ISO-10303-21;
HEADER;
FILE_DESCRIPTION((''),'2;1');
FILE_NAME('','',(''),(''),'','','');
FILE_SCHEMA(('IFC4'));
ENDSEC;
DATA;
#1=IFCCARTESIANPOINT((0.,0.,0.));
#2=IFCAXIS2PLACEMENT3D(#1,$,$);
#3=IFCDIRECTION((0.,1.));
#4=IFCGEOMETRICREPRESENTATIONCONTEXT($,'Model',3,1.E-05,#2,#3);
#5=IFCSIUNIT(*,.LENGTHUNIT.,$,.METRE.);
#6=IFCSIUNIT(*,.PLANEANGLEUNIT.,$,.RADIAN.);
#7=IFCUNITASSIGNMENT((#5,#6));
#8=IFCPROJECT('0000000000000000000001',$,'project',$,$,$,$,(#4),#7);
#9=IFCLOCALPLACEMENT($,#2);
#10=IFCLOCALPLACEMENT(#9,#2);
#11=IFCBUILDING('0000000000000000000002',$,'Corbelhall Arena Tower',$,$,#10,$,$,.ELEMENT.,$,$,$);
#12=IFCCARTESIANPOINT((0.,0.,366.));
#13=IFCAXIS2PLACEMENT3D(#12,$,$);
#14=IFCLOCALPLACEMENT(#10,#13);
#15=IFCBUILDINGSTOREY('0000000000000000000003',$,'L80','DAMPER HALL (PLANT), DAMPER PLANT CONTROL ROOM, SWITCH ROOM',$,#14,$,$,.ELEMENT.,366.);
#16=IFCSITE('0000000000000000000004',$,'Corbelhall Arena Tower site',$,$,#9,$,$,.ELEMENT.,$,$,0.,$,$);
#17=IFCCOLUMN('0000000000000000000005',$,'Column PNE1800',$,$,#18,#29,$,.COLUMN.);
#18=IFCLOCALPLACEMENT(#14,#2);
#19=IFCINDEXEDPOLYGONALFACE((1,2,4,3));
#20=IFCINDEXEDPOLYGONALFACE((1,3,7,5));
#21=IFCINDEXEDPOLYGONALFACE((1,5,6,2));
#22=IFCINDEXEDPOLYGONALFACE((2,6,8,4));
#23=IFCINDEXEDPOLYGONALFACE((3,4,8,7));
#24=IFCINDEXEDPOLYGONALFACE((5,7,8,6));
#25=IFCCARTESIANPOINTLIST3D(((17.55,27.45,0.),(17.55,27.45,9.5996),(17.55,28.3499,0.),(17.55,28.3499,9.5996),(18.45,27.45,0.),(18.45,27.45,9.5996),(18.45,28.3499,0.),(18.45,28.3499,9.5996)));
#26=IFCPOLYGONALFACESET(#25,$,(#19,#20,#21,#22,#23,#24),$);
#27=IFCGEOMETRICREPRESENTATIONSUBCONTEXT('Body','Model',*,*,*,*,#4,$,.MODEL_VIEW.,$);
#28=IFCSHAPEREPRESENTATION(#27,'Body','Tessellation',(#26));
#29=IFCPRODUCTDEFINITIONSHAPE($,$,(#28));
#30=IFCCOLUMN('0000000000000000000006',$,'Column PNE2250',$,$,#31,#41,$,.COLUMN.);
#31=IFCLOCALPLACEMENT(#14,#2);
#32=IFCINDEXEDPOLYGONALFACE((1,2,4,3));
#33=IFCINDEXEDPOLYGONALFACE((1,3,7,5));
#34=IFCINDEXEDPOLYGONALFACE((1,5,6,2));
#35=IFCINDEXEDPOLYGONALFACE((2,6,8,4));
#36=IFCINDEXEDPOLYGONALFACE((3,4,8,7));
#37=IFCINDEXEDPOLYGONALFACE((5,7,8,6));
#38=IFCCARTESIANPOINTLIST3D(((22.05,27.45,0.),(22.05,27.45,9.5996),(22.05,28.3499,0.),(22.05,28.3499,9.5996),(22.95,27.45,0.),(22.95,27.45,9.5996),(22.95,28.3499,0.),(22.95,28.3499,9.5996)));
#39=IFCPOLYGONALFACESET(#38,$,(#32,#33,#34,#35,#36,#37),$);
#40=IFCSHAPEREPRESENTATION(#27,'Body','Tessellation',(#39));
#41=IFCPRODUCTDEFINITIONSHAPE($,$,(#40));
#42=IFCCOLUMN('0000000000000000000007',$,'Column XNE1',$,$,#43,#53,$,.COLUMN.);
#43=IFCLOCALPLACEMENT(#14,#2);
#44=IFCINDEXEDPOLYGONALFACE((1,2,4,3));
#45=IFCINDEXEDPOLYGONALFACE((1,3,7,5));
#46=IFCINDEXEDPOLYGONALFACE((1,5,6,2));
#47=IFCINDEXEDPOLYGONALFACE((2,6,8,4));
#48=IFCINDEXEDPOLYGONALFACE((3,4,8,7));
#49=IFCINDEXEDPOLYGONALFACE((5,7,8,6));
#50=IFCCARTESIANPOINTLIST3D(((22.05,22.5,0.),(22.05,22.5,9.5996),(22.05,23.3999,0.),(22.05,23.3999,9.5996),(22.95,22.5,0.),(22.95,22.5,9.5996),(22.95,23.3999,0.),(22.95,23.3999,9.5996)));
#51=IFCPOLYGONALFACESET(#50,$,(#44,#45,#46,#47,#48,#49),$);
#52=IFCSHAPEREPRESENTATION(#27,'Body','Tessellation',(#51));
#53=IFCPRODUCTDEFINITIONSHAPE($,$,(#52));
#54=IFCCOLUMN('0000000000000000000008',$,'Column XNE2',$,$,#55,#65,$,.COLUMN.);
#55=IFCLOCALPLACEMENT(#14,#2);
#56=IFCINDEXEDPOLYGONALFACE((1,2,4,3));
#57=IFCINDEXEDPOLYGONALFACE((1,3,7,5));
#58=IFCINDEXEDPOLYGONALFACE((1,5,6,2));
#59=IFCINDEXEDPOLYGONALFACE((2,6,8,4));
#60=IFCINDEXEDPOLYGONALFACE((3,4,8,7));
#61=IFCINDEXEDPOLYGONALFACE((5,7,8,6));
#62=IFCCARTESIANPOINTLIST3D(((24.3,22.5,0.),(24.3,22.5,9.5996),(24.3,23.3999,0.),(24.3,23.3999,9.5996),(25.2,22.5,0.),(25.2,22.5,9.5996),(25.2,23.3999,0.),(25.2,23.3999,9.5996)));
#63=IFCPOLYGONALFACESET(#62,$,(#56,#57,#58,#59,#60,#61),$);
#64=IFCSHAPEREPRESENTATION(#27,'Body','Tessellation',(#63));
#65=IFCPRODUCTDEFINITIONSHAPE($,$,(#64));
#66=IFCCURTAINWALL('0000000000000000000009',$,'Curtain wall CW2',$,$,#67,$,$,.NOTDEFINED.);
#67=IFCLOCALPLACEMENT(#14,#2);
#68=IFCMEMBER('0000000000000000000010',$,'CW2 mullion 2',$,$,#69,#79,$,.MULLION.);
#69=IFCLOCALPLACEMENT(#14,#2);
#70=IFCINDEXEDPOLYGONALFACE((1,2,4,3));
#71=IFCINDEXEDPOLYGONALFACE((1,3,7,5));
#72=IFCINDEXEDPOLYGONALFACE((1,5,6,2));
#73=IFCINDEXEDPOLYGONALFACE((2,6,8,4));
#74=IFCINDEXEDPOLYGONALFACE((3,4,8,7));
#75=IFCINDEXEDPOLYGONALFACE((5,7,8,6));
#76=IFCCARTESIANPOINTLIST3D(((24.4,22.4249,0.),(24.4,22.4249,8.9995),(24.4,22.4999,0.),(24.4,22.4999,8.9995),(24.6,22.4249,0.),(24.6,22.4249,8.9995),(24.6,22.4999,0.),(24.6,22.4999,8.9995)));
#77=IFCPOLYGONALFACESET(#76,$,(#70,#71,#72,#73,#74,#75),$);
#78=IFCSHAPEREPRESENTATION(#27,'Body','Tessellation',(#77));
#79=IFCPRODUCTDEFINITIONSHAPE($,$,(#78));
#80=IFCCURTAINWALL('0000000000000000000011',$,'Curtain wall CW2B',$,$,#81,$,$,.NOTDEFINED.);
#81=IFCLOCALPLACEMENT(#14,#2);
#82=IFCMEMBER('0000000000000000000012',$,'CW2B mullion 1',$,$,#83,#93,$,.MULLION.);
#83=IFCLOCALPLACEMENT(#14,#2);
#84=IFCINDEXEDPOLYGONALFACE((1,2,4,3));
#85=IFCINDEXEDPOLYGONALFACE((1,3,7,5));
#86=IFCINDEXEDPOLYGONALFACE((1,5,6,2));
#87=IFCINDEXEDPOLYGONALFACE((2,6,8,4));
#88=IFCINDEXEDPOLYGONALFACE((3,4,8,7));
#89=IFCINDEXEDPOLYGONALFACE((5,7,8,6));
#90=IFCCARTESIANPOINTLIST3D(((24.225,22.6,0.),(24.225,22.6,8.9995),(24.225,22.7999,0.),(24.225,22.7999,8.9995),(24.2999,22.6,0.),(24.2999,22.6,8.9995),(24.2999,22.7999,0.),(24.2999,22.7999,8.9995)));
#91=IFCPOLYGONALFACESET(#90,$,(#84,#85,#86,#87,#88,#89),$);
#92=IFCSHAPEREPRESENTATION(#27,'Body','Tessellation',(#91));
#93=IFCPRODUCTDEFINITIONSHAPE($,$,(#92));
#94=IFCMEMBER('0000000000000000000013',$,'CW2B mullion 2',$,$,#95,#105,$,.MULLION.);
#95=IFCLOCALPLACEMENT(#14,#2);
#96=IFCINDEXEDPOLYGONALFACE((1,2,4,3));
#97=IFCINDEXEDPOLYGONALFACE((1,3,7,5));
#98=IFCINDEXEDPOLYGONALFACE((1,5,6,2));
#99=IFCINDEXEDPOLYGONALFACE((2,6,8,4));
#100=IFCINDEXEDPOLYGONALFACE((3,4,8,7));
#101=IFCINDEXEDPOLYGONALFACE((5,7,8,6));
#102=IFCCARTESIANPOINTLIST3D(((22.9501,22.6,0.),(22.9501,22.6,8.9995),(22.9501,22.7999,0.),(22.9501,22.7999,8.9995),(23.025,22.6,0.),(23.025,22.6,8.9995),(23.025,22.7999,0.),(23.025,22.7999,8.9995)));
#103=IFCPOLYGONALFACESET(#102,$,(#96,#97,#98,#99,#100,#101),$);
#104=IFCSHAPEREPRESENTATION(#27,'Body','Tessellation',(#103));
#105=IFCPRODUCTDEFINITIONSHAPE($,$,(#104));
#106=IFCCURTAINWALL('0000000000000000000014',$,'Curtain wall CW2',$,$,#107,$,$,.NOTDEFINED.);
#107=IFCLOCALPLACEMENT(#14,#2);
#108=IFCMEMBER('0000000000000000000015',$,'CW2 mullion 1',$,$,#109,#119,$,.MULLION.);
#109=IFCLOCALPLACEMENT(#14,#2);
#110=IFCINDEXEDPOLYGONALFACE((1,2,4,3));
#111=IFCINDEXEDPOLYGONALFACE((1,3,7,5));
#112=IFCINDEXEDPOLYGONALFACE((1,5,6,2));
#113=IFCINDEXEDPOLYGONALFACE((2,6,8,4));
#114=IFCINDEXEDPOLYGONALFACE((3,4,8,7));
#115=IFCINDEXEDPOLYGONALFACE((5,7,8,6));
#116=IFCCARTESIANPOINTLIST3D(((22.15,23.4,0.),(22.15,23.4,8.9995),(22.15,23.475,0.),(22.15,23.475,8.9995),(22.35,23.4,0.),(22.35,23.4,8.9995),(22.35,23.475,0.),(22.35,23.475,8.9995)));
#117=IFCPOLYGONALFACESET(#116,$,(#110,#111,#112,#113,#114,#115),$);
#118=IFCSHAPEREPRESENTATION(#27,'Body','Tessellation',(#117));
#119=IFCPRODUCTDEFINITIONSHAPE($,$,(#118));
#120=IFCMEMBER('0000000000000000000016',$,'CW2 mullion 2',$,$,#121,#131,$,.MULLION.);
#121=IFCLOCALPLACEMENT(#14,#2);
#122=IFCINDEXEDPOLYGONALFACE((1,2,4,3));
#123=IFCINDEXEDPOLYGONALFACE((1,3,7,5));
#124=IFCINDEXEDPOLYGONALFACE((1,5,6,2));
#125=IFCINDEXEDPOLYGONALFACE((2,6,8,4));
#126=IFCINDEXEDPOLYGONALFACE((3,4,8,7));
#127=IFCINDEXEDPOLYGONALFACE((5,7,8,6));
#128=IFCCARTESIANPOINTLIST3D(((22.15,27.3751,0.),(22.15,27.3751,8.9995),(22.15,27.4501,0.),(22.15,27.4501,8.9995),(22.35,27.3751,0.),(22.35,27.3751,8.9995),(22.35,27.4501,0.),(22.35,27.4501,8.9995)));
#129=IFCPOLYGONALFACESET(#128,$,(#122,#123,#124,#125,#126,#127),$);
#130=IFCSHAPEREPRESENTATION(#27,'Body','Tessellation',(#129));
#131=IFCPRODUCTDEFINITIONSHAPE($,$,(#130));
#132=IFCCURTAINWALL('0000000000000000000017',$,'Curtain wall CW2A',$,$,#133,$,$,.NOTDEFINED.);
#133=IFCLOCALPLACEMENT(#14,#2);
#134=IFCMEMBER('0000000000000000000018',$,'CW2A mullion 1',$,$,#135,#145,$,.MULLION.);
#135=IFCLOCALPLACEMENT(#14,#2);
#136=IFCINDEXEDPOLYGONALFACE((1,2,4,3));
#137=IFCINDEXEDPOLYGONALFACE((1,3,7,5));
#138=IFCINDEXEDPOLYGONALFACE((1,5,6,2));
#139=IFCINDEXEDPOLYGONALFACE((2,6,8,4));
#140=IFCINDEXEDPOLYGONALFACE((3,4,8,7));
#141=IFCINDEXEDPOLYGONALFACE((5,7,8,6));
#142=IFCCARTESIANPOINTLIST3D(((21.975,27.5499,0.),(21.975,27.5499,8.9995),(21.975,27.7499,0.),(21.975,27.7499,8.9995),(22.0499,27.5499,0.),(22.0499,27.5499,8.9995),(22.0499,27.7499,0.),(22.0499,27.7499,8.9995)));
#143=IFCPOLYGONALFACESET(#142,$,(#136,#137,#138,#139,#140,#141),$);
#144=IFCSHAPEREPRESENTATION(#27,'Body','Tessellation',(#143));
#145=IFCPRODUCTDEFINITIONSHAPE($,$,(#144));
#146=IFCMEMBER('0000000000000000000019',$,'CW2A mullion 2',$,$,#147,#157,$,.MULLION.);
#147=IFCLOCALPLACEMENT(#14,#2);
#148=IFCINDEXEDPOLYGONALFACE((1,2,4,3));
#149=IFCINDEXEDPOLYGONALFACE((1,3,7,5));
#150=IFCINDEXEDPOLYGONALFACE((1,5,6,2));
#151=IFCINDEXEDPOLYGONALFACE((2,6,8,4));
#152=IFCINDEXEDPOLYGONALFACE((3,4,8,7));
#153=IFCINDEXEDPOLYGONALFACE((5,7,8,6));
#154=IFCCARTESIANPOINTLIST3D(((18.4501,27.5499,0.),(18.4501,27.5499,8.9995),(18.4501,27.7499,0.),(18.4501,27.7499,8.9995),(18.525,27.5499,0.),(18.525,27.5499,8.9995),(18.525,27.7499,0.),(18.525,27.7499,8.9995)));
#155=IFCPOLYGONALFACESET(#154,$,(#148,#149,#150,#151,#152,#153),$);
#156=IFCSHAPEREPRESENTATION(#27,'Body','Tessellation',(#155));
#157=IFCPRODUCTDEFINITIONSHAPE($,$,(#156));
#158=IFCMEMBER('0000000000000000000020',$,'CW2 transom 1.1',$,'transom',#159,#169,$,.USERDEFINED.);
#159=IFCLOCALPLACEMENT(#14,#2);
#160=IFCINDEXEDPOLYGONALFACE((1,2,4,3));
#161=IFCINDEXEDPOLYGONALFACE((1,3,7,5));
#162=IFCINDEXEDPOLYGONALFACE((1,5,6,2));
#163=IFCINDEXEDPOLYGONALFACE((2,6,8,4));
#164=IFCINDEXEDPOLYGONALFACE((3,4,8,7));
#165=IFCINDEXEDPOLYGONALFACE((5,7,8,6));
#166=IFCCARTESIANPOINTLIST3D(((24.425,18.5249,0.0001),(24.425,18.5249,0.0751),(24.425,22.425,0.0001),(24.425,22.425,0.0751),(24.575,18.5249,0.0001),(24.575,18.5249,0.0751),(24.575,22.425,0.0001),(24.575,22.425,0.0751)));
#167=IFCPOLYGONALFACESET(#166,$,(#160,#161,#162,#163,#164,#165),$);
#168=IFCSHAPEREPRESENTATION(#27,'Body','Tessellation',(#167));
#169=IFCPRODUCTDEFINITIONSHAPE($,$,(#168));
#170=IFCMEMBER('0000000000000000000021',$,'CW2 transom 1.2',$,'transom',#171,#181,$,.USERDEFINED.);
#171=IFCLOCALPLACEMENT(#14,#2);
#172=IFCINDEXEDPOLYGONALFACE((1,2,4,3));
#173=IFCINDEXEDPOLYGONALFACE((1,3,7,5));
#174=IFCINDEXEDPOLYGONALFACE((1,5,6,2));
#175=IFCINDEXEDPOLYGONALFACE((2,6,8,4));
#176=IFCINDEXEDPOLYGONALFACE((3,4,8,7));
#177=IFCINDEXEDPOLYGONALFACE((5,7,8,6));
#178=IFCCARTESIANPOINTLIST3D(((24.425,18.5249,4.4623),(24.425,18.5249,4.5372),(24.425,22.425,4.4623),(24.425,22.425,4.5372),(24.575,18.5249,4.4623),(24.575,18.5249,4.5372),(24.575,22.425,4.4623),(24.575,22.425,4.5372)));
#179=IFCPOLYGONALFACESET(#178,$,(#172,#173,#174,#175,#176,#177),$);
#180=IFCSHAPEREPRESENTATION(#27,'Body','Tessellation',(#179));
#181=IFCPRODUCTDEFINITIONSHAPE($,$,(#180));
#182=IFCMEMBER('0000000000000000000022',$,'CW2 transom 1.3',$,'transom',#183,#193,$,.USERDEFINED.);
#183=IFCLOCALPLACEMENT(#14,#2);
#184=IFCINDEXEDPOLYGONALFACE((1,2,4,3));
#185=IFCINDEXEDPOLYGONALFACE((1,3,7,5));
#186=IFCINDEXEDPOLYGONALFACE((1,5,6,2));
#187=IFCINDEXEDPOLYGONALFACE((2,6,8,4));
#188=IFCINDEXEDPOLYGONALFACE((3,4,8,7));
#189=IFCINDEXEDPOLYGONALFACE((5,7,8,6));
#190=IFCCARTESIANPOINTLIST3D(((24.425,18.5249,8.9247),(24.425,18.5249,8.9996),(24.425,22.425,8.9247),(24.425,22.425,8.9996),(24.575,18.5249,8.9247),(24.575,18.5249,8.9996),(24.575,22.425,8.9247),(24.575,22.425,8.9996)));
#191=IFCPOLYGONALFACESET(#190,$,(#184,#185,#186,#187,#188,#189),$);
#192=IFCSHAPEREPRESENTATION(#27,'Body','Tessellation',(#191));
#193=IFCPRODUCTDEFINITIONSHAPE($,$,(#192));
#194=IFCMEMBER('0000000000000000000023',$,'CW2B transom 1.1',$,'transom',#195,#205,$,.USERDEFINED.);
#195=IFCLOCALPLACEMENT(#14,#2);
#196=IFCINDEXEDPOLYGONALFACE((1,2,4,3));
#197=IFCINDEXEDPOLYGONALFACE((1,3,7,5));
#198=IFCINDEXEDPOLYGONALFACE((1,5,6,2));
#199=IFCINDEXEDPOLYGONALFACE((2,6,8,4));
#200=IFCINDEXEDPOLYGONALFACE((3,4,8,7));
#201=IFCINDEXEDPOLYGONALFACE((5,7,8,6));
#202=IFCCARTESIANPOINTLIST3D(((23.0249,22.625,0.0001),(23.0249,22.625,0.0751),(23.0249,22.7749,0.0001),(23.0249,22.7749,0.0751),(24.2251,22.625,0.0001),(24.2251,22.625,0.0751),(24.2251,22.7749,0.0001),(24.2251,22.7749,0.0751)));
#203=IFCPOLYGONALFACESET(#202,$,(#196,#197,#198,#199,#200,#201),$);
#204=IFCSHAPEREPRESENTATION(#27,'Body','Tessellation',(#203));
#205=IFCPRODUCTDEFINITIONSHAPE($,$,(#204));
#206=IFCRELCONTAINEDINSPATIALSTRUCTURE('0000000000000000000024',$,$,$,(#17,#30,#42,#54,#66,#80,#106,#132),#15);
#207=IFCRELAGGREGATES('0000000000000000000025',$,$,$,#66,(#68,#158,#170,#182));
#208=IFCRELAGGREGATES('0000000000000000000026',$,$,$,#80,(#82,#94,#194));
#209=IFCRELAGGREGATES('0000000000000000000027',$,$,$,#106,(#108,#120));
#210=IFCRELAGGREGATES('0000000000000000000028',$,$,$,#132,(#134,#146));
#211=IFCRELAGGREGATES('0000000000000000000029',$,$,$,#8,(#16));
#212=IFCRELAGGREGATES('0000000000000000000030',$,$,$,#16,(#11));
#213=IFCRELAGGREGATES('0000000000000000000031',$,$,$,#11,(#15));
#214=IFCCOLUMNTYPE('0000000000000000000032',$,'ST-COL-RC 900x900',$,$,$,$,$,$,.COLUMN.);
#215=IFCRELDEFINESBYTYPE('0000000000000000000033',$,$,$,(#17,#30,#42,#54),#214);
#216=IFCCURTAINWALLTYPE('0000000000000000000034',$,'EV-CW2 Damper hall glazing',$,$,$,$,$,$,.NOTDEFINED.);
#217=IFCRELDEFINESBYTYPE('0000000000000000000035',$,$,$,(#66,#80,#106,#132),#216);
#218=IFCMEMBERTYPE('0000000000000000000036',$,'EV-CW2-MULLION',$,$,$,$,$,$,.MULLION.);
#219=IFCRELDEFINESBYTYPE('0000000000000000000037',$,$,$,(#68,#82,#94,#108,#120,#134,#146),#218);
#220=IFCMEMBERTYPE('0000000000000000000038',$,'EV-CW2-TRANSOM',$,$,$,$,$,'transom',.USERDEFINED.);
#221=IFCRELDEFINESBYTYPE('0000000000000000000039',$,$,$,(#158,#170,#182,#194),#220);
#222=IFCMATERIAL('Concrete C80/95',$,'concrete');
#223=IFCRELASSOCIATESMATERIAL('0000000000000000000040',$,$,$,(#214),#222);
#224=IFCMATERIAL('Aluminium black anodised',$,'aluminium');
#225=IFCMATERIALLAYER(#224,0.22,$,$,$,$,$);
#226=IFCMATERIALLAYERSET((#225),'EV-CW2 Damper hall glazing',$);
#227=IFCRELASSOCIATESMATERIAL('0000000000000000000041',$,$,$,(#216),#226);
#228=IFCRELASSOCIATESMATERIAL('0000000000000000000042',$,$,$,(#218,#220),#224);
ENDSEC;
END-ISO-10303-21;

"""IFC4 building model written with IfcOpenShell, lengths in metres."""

from ifc_helpers import new_model, si_unit, direction, frame, origin, origin_2d, place, context, subcontext, project, spatial, rectangle, extrude, material, layer, layer_set, material_profile, profile_set, type_object, element, aggregate, save


model = new_model("IFC4")

# Units and contexts
model_context = context("Model", 3, precision=1e-05, world=origin(), true_north=direction((0.0, 1.0)))
body_context = subcontext(model_context, "Body", "Model", "MODEL_VIEW")
ifc_project = project(units=[si_unit("LENGTHUNIT", "METRE"), si_unit("PLANEANGLEUNIT", "RADIAN")], contexts=[model_context])

# Site, building, storey
site_placement = place(None, origin())
site = spatial("IfcSite", under=ifc_project, at=site_placement, Name="Corbelhall Arena Tower site", CompositionType="ELEMENT", RefElevation=0.0)
building_placement = place(site_placement, origin())
building = spatial("IfcBuilding", under=site, at=building_placement, Name="Corbelhall Arena Tower", CompositionType="ELEMENT")
storey_placement = place(building_placement, frame((0.0, 0.0, 366.0)))
storey = spatial("IfcBuildingStorey", under=building, at=storey_placement, Name="L80", Description="DAMPER HALL (PLANT), DAMPER PLANT CONTROL ROOM, SWITCH ROOM", CompositionType="ELEMENT", Elevation=366.0)

# Columns
ifc_material_1 = material(Name="Concrete C80/95", Category="concrete")
ifc_material_profile_1 = material_profile(ifc_material_1, rectangle(XDim=0.8999, YDim=0.8999, at=origin_2d()))
ifc_profile_set_1 = profile_set([ifc_material_profile_1], Name="Concrete C80/95")
column_type = type_object("IfcColumnType", Name="ST-COL-RC 900x900", PredefinedType="COLUMN", material=ifc_profile_set_1)
for number, where, z_axis, x_axis, name in (
    (1, (18.0, 27.8999, 0.0), (0.0, 0.0, 1.0), (1.0, 0.0, 0.0), "Column PNE1800"),
    (2, (22.5, 27.8999, 0.0), (0.0, 0.0, 1.0), (1.0, 0.0, 0.0), "Column PNE2250"),
    (3, (22.5, 22.95, 0.0), (0.0, 0.0, 1.0), (1.0, 0.0, 0.0), "Column XNE1"),
    (4, (24.75, 22.95, 0.0), (0.0, 0.0, 1.0), (1.0, 0.0, 0.0), "Column XNE2"),
):
    element("IfcColumn", number, at=place(storey_placement, frame(where, z_axis=z_axis, x_axis=x_axis)), inside=storey, type_object=column_type, Name=name, PredefinedType="COLUMN", context=body_context, shape_type="SweptSolid", body=[
        extrude(rectangle(XDim=0.8999, YDim=0.8999, at=origin_2d()), origin(), (0.0, 0.0, 1.0), 9.5996),
    ])

# Curtain wall, member
ifc_material_2 = material(Name="Aluminium black anodised", Category="aluminium")
ifc_layer_1 = layer(ifc_material_2, 0.22)
ifc_layer_set_1 = layer_set([ifc_layer_1], Name="EV-CW2 Damper hall glazing")
curtain_wall_type = type_object("IfcCurtainWallType", Name="EV-CW2 Damper hall glazing", PredefinedType="NOTDEFINED", material=ifc_layer_set_1)
curtain_wall_1_placement = place(storey_placement, origin())
curtain_wall_1 = element("IfcCurtainWall", 5, at=curtain_wall_1_placement, inside=storey, type_object=curtain_wall_type, Name="Curtain wall CW2", PredefinedType="NOTDEFINED")
ifc_material_profile_2 = material_profile(ifc_material_2, rectangle(XDim=0.2, YDim=0.075, at=origin_2d()))
ifc_profile_set_2 = profile_set([ifc_material_profile_2], Name="Aluminium black anodised")
member_type_1 = type_object("IfcMemberType", Name="EV-CW2-MULLION", PredefinedType="MULLION", material=ifc_profile_set_2)
member_1_placement = place(storey_placement, frame((24.5, 22.4624, 0.0), z_axis=(0.0, 0.0, 1.0), x_axis=(-1.0, 0.0, 0.0)))
member_1 = element("IfcMember", 6, at=member_1_placement, type_object=member_type_1, Name="CW2 mullion 2", PredefinedType="MULLION", context=body_context, shape_type="SweptSolid", body=[
    extrude(rectangle(XDim=0.2, YDim=0.075, at=origin_2d()), origin(), (0.0, 0.0, 1.0), 8.9995),
])

# Curtain walls, members
curtain_wall_2_placement = place(storey_placement, origin())
curtain_wall_2 = element("IfcCurtainWall", 7, at=curtain_wall_2_placement, inside=storey, type_object=curtain_wall_type, Name="Curtain wall CW2B", PredefinedType="NOTDEFINED")
member_2_placement = place(storey_placement, frame((24.2625, 22.7, 0.0), z_axis=(0.0, 0.0, 1.0), x_axis=(0.0, -1.0, 0.0)))
member_2 = element("IfcMember", 8, at=member_2_placement, type_object=member_type_1, Name="CW2B mullion 1", PredefinedType="MULLION", context=body_context, shape_type="SweptSolid", body=[
    extrude(rectangle(XDim=0.2, YDim=0.075, at=origin_2d()), origin(), (0.0, 0.0, 1.0), 8.9995),
])
member_3_placement = place(storey_placement, frame((22.9875, 22.7, 0.0), z_axis=(0.0, 0.0, 1.0), x_axis=(0.0, -1.0, 0.0)))
member_3 = element("IfcMember", 9, at=member_3_placement, type_object=member_type_1, Name="CW2B mullion 2", PredefinedType="MULLION", context=body_context, shape_type="SweptSolid", body=[
    extrude(rectangle(XDim=0.2, YDim=0.075, at=origin_2d()), origin(), (0.0, 0.0, 1.0), 8.9995),
])
curtain_wall_3_placement = place(storey_placement, origin())
curtain_wall_3 = element("IfcCurtainWall", 10, at=curtain_wall_3_placement, inside=storey, type_object=curtain_wall_type, Name="Curtain wall CW2", PredefinedType="NOTDEFINED")
member_4_placement = place(storey_placement, frame((22.25, 23.4375, 0.0), z_axis=(0.0, 0.0, 1.0), x_axis=(-1.0, 0.0, 0.0)))
member_4 = element("IfcMember", 11, at=member_4_placement, type_object=member_type_1, Name="CW2 mullion 1", PredefinedType="MULLION", context=body_context, shape_type="SweptSolid", body=[
    extrude(rectangle(XDim=0.2, YDim=0.075, at=origin_2d()), origin(), (0.0, 0.0, 1.0), 8.9995),
])
member_5_placement = place(storey_placement, frame((22.25, 27.4126, 0.0), z_axis=(0.0, 0.0, 1.0), x_axis=(-1.0, 0.0, 0.0)))
member_5 = element("IfcMember", 12, at=member_5_placement, type_object=member_type_1, Name="CW2 mullion 2", PredefinedType="MULLION", context=body_context, shape_type="SweptSolid", body=[
    extrude(rectangle(XDim=0.2, YDim=0.075, at=origin_2d()), origin(), (0.0, 0.0, 1.0), 8.9995),
])
curtain_wall_4_placement = place(storey_placement, origin())
curtain_wall_4 = element("IfcCurtainWall", 13, at=curtain_wall_4_placement, inside=storey, type_object=curtain_wall_type, Name="Curtain wall CW2A", PredefinedType="NOTDEFINED")
member_6_placement = place(storey_placement, frame((22.0125, 27.6499, 0.0), z_axis=(0.0, 0.0, 1.0), x_axis=(0.0, -1.0, 0.0)))
member_6 = element("IfcMember", 14, at=member_6_placement, type_object=member_type_1, Name="CW2A mullion 1", PredefinedType="MULLION", context=body_context, shape_type="SweptSolid", body=[
    extrude(rectangle(XDim=0.2, YDim=0.075, at=origin_2d()), origin(), (0.0, 0.0, 1.0), 8.9995),
])
member_7_placement = place(storey_placement, frame((18.4875, 27.6499, 0.0), z_axis=(0.0, 0.0, 1.0), x_axis=(0.0, -1.0, 0.0)))
member_7 = element("IfcMember", 15, at=member_7_placement, type_object=member_type_1, Name="CW2A mullion 2", PredefinedType="MULLION", context=body_context, shape_type="SweptSolid", body=[
    extrude(rectangle(XDim=0.2, YDim=0.075, at=origin_2d()), origin(), (0.0, 0.0, 1.0), 8.9995),
])

# Members
ifc_material_profile_3 = material_profile(ifc_material_2, rectangle(XDim=0.1499, YDim=0.075, at=origin_2d()))
ifc_profile_set_3 = profile_set([ifc_material_profile_3], Name="Aluminium black anodised")
member_type_2 = type_object("IfcMemberType", Name="EV-CW2-TRANSOM", ElementType="transom", PredefinedType="USERDEFINED", material=ifc_profile_set_3)
member_8_placement = place(storey_placement, frame((24.5, 18.5249, 0.0376), z_axis=(0.0, 1.0, 0.0), x_axis=(-1.0, 0.0, 0.0)))
member_8 = element("IfcMember", 16, at=member_8_placement, type_object=member_type_2, Name="CW2 transom 1.1", ObjectType="transom", PredefinedType="USERDEFINED", context=body_context, shape_type="SweptSolid", body=[
    extrude(rectangle(XDim=0.1499, YDim=0.075, at=origin_2d()), origin(), (0.0, 0.0, 1.0), 3.9001),
])
member_9_placement = place(storey_placement, frame((24.5, 18.5249, 4.4998), z_axis=(0.0, 1.0, 0.0), x_axis=(-1.0, 0.0, 0.0)))
member_9 = element("IfcMember", 17, at=member_9_placement, type_object=member_type_2, Name="CW2 transom 1.2", ObjectType="transom", PredefinedType="USERDEFINED", context=body_context, shape_type="SweptSolid", body=[
    extrude(rectangle(XDim=0.1499, YDim=0.075, at=origin_2d()), origin(), (0.0, 0.0, 1.0), 3.9001),
])
member_10_placement = place(storey_placement, frame((24.5, 18.5249, 8.9622), z_axis=(0.0, 1.0, 0.0), x_axis=(-1.0, 0.0, 0.0)))
member_10 = element("IfcMember", 18, at=member_10_placement, type_object=member_type_2, Name="CW2 transom 1.3", ObjectType="transom", PredefinedType="USERDEFINED", context=body_context, shape_type="SweptSolid", body=[
    extrude(rectangle(XDim=0.1499, YDim=0.075, at=origin_2d()), origin(), (0.0, 0.0, 1.0), 3.9001),
])
member_11_placement = place(storey_placement, frame((24.2251, 22.7, 0.0376), z_axis=(-1.0, 0.0, 0.0), x_axis=(0.0, -1.0, 0.0)))
member_11 = element("IfcMember", 19, at=member_11_placement, type_object=member_type_2, Name="CW2B transom 1.1", ObjectType="transom", PredefinedType="USERDEFINED", context=body_context, shape_type="SweptSolid", body=[
    extrude(rectangle(XDim=0.1499, YDim=0.075, at=origin_2d()), origin(), (0.0, 0.0, 1.0), 1.2002),
])

aggregate(curtain_wall_1, [member_1, member_8, member_9, member_10])
aggregate(curtain_wall_2, [member_2, member_3, member_11])
aggregate(curtain_wall_3, [member_4, member_5])
aggregate(curtain_wall_4, [member_6, member_7])

save(model, "model.ifc")
